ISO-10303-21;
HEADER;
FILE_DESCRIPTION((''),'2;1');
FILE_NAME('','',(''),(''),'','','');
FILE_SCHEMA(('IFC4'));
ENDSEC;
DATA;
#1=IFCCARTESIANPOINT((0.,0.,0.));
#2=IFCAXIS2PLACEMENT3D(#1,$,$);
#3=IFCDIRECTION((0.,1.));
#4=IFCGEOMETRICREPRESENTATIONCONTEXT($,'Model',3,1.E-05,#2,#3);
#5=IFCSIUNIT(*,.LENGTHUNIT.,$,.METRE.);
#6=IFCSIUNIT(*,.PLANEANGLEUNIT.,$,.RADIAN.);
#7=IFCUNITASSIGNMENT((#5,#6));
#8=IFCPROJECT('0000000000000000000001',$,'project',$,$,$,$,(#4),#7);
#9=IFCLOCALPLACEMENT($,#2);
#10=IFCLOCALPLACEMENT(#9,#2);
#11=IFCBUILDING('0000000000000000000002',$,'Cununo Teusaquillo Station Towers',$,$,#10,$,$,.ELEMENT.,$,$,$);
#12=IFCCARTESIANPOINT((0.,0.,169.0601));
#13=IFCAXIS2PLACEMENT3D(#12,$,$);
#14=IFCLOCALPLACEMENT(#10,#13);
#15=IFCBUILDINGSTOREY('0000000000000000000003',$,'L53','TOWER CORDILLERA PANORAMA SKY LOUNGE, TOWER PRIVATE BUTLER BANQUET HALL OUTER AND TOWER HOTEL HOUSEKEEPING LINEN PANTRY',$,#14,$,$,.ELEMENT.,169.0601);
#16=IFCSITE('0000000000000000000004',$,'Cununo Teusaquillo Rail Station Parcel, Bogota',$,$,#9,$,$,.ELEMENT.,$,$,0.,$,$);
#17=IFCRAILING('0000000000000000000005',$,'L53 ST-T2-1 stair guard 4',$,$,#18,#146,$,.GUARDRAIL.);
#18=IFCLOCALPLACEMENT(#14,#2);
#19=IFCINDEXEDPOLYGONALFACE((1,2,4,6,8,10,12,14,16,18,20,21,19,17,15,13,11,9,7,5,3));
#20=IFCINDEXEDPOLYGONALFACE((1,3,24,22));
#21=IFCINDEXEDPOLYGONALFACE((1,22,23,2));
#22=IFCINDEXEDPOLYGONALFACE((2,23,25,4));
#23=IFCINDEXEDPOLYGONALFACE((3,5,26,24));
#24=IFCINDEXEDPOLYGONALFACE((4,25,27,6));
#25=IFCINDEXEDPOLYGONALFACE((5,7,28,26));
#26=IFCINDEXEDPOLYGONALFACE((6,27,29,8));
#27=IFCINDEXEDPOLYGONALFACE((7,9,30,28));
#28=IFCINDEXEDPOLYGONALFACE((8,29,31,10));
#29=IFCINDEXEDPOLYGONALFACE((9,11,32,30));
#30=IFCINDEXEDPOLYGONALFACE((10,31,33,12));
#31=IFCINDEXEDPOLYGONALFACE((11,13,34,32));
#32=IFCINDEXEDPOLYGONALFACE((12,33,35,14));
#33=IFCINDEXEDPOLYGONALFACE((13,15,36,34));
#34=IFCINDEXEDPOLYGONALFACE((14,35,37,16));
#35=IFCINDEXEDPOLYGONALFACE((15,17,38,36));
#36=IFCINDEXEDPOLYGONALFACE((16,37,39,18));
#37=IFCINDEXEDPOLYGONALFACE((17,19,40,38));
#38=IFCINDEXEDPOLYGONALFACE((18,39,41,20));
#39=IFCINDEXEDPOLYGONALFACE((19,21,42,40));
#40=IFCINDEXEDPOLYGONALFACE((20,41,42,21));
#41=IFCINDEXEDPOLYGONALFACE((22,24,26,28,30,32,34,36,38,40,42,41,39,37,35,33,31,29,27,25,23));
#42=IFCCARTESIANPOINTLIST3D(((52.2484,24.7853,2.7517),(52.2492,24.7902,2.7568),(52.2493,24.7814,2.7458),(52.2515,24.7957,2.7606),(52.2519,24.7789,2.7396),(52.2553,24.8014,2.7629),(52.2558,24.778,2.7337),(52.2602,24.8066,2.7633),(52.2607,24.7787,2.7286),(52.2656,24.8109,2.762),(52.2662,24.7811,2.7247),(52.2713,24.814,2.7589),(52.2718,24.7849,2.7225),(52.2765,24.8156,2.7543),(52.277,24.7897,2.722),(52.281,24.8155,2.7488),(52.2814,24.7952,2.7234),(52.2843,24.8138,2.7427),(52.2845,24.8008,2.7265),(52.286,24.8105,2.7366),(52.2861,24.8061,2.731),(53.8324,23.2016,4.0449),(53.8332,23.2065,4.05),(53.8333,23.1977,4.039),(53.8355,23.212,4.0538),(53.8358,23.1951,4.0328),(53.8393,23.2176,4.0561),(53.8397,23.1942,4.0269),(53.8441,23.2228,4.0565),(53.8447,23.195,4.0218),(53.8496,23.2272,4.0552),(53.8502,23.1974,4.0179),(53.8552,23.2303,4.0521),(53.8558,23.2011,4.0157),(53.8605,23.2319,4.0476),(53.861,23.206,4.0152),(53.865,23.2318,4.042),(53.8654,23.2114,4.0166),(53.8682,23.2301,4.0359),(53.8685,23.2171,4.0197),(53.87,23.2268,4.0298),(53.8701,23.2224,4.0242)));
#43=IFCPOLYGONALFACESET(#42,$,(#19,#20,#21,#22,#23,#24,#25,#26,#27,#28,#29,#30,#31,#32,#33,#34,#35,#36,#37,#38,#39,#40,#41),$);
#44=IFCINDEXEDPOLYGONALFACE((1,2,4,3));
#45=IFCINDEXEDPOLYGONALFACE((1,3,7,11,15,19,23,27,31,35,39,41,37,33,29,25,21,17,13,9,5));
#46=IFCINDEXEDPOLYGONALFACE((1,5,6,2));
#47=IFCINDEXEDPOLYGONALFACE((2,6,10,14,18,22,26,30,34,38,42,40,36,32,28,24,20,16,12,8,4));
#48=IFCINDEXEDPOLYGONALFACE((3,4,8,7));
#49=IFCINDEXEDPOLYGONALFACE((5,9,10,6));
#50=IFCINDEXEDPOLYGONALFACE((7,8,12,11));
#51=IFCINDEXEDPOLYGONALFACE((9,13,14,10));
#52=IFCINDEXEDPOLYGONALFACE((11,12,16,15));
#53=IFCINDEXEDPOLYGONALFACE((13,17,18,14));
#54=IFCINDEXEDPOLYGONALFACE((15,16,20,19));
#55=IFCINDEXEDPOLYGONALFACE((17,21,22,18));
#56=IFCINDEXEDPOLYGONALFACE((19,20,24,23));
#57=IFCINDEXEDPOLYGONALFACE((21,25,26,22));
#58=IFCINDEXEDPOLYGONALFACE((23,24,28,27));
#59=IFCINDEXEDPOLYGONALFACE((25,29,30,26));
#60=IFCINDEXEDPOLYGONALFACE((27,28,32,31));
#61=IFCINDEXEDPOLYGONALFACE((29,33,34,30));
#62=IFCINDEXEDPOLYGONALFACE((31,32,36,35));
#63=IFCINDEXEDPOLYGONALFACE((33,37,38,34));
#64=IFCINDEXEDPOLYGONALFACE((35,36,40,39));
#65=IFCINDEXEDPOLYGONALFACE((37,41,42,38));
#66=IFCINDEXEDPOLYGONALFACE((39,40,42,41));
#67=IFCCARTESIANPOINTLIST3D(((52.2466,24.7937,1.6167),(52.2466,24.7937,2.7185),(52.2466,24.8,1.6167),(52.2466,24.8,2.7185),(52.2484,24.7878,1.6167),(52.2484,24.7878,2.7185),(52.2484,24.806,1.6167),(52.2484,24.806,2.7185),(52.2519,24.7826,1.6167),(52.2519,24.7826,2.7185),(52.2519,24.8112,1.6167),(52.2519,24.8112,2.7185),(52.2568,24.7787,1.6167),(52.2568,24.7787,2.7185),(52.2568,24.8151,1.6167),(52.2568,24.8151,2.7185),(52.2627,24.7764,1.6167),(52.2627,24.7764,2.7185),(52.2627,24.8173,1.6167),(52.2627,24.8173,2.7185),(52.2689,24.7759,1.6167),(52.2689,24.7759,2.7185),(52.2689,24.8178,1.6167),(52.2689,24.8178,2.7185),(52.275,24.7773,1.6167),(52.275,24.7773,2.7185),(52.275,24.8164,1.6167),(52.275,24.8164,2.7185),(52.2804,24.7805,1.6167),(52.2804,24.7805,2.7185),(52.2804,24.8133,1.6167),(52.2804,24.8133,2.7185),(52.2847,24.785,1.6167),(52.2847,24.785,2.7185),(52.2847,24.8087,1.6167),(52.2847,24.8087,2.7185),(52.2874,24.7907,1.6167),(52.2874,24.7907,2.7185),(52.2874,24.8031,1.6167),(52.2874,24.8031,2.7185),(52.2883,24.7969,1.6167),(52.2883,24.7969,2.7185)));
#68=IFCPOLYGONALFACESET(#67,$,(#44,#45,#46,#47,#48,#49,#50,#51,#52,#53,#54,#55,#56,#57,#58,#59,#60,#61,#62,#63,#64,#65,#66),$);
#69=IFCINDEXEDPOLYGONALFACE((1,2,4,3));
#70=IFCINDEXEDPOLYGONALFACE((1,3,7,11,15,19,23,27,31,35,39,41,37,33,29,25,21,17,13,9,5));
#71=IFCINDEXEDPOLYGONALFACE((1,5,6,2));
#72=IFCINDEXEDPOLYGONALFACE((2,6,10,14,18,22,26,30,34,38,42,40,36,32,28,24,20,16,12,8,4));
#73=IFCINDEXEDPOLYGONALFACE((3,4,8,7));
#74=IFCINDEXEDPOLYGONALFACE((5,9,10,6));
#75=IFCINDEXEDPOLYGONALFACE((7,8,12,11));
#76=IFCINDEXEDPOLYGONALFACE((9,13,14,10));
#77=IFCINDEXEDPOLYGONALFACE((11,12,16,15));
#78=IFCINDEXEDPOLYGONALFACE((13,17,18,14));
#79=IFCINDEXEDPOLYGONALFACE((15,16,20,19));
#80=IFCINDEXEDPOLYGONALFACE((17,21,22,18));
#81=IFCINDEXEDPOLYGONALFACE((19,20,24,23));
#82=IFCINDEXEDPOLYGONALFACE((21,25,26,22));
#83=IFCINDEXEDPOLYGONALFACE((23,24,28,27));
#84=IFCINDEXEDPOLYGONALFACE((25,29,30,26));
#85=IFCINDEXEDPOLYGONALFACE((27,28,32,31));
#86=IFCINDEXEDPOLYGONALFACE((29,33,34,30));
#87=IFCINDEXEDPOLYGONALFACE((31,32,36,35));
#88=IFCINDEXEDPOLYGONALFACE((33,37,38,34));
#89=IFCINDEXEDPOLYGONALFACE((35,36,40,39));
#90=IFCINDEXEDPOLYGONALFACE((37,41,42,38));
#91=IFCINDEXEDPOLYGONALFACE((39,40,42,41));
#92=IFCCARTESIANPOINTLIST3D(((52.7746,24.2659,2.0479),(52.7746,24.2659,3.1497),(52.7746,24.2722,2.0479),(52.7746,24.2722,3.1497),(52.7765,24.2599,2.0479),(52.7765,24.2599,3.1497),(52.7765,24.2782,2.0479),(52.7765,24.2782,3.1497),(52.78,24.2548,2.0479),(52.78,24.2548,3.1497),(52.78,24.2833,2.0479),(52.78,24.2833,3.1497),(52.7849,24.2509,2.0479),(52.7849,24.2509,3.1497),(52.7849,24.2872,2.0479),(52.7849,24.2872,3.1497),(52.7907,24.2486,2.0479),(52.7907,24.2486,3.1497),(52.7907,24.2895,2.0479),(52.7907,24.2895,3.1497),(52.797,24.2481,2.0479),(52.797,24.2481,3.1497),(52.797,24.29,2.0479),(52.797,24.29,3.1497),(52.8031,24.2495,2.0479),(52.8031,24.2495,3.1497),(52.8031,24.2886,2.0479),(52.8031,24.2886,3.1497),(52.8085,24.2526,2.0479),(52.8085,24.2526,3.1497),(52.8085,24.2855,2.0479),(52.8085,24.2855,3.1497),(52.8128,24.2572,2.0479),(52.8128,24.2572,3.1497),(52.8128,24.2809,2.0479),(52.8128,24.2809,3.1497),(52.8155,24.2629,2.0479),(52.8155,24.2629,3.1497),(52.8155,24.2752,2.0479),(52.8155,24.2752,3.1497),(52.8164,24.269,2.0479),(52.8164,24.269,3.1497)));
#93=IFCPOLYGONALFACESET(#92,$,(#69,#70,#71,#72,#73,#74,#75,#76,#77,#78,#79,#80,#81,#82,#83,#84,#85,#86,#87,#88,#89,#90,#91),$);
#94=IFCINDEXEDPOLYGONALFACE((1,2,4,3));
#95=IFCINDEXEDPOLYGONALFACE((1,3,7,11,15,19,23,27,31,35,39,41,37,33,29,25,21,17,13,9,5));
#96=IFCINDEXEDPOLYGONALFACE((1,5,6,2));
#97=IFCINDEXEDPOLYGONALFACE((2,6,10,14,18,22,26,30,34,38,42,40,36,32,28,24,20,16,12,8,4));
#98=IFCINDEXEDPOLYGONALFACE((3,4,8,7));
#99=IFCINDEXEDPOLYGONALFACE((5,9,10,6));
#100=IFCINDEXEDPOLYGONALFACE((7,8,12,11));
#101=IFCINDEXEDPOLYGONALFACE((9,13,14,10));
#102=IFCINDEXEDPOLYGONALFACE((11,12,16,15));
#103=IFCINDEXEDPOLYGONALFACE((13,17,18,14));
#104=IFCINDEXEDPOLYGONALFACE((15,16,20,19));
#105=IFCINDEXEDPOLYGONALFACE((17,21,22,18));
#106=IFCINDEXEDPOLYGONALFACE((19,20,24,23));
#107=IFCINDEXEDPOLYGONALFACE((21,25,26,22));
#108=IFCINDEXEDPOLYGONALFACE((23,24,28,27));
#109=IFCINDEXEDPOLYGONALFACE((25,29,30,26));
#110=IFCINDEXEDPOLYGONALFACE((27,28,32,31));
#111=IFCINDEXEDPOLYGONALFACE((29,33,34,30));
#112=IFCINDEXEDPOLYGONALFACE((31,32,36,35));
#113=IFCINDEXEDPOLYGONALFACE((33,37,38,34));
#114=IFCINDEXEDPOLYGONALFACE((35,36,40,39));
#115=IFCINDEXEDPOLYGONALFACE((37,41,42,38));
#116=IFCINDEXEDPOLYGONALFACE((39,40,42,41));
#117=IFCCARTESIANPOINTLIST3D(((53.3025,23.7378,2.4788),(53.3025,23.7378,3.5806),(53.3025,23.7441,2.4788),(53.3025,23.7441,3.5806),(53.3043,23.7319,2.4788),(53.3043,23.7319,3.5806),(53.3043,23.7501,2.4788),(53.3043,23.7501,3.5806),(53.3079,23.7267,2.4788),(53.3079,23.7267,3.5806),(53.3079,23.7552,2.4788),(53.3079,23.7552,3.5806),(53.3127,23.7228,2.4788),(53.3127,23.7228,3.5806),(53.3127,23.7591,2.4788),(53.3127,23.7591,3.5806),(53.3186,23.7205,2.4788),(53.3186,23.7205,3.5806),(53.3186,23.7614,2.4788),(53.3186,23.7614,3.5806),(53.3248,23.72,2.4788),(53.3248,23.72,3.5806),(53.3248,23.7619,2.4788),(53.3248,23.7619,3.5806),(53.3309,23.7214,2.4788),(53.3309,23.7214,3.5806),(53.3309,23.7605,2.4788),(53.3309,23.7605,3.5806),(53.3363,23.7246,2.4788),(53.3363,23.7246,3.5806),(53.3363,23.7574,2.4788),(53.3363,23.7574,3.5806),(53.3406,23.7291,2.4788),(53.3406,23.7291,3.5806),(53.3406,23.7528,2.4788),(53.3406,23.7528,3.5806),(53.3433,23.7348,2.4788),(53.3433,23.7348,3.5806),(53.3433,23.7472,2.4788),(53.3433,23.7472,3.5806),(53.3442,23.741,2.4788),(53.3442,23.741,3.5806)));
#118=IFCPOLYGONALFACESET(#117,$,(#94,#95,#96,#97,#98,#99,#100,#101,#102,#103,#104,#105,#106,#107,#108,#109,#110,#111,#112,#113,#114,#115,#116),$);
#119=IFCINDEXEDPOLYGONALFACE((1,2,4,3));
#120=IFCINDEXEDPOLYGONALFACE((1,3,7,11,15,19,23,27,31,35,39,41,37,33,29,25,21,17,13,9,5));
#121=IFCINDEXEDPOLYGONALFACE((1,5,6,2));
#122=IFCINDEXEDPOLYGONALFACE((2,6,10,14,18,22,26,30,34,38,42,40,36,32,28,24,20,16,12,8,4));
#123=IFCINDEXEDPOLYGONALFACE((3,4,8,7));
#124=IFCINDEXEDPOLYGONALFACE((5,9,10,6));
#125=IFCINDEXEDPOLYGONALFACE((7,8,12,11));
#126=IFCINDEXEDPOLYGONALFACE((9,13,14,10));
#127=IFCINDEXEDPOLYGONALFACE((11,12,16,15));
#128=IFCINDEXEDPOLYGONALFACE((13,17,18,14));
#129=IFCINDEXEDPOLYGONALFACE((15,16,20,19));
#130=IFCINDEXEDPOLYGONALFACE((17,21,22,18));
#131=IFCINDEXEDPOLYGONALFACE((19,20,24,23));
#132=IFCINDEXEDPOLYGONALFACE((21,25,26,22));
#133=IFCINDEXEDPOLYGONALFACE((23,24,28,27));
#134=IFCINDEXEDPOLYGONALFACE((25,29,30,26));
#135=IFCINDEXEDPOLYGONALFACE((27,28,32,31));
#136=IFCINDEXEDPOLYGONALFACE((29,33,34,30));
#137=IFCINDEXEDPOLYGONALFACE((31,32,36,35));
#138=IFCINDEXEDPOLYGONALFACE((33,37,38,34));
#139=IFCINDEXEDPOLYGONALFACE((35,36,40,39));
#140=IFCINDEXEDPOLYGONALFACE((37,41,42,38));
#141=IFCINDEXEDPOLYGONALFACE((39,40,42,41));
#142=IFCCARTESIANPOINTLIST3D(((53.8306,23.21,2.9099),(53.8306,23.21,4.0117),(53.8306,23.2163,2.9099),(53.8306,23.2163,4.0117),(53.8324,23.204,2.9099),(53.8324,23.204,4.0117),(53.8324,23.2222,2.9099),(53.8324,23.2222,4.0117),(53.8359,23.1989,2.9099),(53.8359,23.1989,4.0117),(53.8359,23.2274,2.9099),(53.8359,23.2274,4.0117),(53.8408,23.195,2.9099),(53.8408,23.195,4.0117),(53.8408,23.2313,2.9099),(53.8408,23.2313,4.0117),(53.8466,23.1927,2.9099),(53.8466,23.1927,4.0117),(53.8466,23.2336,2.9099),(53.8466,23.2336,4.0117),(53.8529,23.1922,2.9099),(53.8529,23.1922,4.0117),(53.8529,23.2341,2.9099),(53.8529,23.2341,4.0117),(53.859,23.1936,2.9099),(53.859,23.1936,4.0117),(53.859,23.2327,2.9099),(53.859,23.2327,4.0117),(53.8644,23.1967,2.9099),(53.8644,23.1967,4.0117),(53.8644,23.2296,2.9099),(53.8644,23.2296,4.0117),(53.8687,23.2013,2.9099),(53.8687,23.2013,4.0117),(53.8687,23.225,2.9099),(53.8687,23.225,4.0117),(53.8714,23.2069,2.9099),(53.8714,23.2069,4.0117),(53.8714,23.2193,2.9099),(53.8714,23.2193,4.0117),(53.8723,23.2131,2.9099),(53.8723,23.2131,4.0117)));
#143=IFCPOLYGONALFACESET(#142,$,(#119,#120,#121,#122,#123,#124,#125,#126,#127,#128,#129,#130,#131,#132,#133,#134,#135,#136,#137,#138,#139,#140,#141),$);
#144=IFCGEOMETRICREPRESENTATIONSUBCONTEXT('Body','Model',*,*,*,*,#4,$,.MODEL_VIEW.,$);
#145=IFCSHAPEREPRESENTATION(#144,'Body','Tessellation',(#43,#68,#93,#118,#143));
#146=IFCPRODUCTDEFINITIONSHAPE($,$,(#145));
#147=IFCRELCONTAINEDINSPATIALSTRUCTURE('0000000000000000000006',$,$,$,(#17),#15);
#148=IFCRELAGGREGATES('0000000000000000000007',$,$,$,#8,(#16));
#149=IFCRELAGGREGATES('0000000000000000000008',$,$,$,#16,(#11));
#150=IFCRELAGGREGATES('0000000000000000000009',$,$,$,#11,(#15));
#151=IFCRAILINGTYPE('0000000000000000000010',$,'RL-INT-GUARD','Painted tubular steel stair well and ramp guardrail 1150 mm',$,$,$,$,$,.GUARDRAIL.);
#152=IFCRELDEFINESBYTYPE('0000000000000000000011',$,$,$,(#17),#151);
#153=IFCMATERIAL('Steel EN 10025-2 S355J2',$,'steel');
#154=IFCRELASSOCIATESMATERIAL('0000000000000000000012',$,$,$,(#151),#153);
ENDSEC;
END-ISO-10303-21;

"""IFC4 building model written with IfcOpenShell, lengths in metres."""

from ifc_helpers import new_model, si_unit, direction, frame, origin, origin_2d, place, context, subcontext, project, spatial, circle, extrude, material, type_object, element, save


model = new_model("IFC4")

# Units and contexts
model_context = context("Model", 3, precision=1e-05, world=origin(), true_north=direction((0.0, 1.0)))
body_context = subcontext(model_context, "Body", "Model", "MODEL_VIEW")
ifc_project = project(units=[si_unit("LENGTHUNIT", "METRE"), si_unit("PLANEANGLEUNIT", "RADIAN")], contexts=[model_context])

# Site, building, storey
site_placement = place(None, origin())
site = spatial("IfcSite", under=ifc_project, at=site_placement, Name="Cununo Teusaquillo Rail Station Parcel, Bogota", CompositionType="ELEMENT", RefElevation=0.0)
building_placement = place(site_placement, origin())
building = spatial("IfcBuilding", under=site, at=building_placement, Name="Cununo Teusaquillo Station Towers", CompositionType="ELEMENT")
storey_placement = place(building_placement, frame((0.0, 0.0, 169.0601)))
storey = spatial("IfcBuildingStorey", under=building, at=storey_placement, Name="L53", Description="TOWER CORDILLERA PANORAMA SKY LOUNGE, TOWER PRIVATE BUTLER BANQUET HALL OUTER AND TOWER HOTEL HOUSEKEEPING LINEN PANTRY", CompositionType="ELEMENT", Elevation=169.0601)

# Railing
ifc_material_1 = material(Name="Steel EN 10025-2 S355J2", Category="steel")
railing_type_1 = type_object("IfcRailingType", Name="RL-INT-GUARD", Description="Painted tubular steel stair well and ramp guardrail 1150 mm", PredefinedType="GUARDRAIL", material=ifc_material_1)
railing_1_placement = place(storey_placement, frame((52.2673, 24.7969, 1.6167)))
element("IfcRailing", 1, at=railing_1_placement, inside=storey, type_object=railing_type_1, Name="L53 ST-T2-1 stair guard 4", PredefinedType="GUARDRAIL", context=body_context, shape_type="SweptSolid", body=[
    extrude(circle(Radius=0.0239, at=origin_2d()), frame((0.0, 0.0, 1.126), z_axis=(0.61242, -0.612326, 0.499998), x_axis=(0.707052, 0.707161, 0.0)), (0.0, 0.0, 1.0), 2.5864),
    extrude(circle(Radius=0.021, at=origin_2d()), origin(), (0.0, 0.0, 1.0), 1.1018),
    extrude(circle(Radius=0.021, at=origin_2d()), frame((0.5281, -0.5278, 0.4312)), (0.0, 0.0, 1.0), 1.1018),
    extrude(circle(Radius=0.021, at=origin_2d()), frame((1.0559, -1.0559, 0.8621)), (0.0, 0.0, 1.0), 1.1018),
    extrude(circle(Radius=0.021, at=origin_2d()), frame((1.584, -1.5837, 1.2932)), (0.0, 0.0, 1.0), 1.1018),
])

save(model, "model.ifc")
